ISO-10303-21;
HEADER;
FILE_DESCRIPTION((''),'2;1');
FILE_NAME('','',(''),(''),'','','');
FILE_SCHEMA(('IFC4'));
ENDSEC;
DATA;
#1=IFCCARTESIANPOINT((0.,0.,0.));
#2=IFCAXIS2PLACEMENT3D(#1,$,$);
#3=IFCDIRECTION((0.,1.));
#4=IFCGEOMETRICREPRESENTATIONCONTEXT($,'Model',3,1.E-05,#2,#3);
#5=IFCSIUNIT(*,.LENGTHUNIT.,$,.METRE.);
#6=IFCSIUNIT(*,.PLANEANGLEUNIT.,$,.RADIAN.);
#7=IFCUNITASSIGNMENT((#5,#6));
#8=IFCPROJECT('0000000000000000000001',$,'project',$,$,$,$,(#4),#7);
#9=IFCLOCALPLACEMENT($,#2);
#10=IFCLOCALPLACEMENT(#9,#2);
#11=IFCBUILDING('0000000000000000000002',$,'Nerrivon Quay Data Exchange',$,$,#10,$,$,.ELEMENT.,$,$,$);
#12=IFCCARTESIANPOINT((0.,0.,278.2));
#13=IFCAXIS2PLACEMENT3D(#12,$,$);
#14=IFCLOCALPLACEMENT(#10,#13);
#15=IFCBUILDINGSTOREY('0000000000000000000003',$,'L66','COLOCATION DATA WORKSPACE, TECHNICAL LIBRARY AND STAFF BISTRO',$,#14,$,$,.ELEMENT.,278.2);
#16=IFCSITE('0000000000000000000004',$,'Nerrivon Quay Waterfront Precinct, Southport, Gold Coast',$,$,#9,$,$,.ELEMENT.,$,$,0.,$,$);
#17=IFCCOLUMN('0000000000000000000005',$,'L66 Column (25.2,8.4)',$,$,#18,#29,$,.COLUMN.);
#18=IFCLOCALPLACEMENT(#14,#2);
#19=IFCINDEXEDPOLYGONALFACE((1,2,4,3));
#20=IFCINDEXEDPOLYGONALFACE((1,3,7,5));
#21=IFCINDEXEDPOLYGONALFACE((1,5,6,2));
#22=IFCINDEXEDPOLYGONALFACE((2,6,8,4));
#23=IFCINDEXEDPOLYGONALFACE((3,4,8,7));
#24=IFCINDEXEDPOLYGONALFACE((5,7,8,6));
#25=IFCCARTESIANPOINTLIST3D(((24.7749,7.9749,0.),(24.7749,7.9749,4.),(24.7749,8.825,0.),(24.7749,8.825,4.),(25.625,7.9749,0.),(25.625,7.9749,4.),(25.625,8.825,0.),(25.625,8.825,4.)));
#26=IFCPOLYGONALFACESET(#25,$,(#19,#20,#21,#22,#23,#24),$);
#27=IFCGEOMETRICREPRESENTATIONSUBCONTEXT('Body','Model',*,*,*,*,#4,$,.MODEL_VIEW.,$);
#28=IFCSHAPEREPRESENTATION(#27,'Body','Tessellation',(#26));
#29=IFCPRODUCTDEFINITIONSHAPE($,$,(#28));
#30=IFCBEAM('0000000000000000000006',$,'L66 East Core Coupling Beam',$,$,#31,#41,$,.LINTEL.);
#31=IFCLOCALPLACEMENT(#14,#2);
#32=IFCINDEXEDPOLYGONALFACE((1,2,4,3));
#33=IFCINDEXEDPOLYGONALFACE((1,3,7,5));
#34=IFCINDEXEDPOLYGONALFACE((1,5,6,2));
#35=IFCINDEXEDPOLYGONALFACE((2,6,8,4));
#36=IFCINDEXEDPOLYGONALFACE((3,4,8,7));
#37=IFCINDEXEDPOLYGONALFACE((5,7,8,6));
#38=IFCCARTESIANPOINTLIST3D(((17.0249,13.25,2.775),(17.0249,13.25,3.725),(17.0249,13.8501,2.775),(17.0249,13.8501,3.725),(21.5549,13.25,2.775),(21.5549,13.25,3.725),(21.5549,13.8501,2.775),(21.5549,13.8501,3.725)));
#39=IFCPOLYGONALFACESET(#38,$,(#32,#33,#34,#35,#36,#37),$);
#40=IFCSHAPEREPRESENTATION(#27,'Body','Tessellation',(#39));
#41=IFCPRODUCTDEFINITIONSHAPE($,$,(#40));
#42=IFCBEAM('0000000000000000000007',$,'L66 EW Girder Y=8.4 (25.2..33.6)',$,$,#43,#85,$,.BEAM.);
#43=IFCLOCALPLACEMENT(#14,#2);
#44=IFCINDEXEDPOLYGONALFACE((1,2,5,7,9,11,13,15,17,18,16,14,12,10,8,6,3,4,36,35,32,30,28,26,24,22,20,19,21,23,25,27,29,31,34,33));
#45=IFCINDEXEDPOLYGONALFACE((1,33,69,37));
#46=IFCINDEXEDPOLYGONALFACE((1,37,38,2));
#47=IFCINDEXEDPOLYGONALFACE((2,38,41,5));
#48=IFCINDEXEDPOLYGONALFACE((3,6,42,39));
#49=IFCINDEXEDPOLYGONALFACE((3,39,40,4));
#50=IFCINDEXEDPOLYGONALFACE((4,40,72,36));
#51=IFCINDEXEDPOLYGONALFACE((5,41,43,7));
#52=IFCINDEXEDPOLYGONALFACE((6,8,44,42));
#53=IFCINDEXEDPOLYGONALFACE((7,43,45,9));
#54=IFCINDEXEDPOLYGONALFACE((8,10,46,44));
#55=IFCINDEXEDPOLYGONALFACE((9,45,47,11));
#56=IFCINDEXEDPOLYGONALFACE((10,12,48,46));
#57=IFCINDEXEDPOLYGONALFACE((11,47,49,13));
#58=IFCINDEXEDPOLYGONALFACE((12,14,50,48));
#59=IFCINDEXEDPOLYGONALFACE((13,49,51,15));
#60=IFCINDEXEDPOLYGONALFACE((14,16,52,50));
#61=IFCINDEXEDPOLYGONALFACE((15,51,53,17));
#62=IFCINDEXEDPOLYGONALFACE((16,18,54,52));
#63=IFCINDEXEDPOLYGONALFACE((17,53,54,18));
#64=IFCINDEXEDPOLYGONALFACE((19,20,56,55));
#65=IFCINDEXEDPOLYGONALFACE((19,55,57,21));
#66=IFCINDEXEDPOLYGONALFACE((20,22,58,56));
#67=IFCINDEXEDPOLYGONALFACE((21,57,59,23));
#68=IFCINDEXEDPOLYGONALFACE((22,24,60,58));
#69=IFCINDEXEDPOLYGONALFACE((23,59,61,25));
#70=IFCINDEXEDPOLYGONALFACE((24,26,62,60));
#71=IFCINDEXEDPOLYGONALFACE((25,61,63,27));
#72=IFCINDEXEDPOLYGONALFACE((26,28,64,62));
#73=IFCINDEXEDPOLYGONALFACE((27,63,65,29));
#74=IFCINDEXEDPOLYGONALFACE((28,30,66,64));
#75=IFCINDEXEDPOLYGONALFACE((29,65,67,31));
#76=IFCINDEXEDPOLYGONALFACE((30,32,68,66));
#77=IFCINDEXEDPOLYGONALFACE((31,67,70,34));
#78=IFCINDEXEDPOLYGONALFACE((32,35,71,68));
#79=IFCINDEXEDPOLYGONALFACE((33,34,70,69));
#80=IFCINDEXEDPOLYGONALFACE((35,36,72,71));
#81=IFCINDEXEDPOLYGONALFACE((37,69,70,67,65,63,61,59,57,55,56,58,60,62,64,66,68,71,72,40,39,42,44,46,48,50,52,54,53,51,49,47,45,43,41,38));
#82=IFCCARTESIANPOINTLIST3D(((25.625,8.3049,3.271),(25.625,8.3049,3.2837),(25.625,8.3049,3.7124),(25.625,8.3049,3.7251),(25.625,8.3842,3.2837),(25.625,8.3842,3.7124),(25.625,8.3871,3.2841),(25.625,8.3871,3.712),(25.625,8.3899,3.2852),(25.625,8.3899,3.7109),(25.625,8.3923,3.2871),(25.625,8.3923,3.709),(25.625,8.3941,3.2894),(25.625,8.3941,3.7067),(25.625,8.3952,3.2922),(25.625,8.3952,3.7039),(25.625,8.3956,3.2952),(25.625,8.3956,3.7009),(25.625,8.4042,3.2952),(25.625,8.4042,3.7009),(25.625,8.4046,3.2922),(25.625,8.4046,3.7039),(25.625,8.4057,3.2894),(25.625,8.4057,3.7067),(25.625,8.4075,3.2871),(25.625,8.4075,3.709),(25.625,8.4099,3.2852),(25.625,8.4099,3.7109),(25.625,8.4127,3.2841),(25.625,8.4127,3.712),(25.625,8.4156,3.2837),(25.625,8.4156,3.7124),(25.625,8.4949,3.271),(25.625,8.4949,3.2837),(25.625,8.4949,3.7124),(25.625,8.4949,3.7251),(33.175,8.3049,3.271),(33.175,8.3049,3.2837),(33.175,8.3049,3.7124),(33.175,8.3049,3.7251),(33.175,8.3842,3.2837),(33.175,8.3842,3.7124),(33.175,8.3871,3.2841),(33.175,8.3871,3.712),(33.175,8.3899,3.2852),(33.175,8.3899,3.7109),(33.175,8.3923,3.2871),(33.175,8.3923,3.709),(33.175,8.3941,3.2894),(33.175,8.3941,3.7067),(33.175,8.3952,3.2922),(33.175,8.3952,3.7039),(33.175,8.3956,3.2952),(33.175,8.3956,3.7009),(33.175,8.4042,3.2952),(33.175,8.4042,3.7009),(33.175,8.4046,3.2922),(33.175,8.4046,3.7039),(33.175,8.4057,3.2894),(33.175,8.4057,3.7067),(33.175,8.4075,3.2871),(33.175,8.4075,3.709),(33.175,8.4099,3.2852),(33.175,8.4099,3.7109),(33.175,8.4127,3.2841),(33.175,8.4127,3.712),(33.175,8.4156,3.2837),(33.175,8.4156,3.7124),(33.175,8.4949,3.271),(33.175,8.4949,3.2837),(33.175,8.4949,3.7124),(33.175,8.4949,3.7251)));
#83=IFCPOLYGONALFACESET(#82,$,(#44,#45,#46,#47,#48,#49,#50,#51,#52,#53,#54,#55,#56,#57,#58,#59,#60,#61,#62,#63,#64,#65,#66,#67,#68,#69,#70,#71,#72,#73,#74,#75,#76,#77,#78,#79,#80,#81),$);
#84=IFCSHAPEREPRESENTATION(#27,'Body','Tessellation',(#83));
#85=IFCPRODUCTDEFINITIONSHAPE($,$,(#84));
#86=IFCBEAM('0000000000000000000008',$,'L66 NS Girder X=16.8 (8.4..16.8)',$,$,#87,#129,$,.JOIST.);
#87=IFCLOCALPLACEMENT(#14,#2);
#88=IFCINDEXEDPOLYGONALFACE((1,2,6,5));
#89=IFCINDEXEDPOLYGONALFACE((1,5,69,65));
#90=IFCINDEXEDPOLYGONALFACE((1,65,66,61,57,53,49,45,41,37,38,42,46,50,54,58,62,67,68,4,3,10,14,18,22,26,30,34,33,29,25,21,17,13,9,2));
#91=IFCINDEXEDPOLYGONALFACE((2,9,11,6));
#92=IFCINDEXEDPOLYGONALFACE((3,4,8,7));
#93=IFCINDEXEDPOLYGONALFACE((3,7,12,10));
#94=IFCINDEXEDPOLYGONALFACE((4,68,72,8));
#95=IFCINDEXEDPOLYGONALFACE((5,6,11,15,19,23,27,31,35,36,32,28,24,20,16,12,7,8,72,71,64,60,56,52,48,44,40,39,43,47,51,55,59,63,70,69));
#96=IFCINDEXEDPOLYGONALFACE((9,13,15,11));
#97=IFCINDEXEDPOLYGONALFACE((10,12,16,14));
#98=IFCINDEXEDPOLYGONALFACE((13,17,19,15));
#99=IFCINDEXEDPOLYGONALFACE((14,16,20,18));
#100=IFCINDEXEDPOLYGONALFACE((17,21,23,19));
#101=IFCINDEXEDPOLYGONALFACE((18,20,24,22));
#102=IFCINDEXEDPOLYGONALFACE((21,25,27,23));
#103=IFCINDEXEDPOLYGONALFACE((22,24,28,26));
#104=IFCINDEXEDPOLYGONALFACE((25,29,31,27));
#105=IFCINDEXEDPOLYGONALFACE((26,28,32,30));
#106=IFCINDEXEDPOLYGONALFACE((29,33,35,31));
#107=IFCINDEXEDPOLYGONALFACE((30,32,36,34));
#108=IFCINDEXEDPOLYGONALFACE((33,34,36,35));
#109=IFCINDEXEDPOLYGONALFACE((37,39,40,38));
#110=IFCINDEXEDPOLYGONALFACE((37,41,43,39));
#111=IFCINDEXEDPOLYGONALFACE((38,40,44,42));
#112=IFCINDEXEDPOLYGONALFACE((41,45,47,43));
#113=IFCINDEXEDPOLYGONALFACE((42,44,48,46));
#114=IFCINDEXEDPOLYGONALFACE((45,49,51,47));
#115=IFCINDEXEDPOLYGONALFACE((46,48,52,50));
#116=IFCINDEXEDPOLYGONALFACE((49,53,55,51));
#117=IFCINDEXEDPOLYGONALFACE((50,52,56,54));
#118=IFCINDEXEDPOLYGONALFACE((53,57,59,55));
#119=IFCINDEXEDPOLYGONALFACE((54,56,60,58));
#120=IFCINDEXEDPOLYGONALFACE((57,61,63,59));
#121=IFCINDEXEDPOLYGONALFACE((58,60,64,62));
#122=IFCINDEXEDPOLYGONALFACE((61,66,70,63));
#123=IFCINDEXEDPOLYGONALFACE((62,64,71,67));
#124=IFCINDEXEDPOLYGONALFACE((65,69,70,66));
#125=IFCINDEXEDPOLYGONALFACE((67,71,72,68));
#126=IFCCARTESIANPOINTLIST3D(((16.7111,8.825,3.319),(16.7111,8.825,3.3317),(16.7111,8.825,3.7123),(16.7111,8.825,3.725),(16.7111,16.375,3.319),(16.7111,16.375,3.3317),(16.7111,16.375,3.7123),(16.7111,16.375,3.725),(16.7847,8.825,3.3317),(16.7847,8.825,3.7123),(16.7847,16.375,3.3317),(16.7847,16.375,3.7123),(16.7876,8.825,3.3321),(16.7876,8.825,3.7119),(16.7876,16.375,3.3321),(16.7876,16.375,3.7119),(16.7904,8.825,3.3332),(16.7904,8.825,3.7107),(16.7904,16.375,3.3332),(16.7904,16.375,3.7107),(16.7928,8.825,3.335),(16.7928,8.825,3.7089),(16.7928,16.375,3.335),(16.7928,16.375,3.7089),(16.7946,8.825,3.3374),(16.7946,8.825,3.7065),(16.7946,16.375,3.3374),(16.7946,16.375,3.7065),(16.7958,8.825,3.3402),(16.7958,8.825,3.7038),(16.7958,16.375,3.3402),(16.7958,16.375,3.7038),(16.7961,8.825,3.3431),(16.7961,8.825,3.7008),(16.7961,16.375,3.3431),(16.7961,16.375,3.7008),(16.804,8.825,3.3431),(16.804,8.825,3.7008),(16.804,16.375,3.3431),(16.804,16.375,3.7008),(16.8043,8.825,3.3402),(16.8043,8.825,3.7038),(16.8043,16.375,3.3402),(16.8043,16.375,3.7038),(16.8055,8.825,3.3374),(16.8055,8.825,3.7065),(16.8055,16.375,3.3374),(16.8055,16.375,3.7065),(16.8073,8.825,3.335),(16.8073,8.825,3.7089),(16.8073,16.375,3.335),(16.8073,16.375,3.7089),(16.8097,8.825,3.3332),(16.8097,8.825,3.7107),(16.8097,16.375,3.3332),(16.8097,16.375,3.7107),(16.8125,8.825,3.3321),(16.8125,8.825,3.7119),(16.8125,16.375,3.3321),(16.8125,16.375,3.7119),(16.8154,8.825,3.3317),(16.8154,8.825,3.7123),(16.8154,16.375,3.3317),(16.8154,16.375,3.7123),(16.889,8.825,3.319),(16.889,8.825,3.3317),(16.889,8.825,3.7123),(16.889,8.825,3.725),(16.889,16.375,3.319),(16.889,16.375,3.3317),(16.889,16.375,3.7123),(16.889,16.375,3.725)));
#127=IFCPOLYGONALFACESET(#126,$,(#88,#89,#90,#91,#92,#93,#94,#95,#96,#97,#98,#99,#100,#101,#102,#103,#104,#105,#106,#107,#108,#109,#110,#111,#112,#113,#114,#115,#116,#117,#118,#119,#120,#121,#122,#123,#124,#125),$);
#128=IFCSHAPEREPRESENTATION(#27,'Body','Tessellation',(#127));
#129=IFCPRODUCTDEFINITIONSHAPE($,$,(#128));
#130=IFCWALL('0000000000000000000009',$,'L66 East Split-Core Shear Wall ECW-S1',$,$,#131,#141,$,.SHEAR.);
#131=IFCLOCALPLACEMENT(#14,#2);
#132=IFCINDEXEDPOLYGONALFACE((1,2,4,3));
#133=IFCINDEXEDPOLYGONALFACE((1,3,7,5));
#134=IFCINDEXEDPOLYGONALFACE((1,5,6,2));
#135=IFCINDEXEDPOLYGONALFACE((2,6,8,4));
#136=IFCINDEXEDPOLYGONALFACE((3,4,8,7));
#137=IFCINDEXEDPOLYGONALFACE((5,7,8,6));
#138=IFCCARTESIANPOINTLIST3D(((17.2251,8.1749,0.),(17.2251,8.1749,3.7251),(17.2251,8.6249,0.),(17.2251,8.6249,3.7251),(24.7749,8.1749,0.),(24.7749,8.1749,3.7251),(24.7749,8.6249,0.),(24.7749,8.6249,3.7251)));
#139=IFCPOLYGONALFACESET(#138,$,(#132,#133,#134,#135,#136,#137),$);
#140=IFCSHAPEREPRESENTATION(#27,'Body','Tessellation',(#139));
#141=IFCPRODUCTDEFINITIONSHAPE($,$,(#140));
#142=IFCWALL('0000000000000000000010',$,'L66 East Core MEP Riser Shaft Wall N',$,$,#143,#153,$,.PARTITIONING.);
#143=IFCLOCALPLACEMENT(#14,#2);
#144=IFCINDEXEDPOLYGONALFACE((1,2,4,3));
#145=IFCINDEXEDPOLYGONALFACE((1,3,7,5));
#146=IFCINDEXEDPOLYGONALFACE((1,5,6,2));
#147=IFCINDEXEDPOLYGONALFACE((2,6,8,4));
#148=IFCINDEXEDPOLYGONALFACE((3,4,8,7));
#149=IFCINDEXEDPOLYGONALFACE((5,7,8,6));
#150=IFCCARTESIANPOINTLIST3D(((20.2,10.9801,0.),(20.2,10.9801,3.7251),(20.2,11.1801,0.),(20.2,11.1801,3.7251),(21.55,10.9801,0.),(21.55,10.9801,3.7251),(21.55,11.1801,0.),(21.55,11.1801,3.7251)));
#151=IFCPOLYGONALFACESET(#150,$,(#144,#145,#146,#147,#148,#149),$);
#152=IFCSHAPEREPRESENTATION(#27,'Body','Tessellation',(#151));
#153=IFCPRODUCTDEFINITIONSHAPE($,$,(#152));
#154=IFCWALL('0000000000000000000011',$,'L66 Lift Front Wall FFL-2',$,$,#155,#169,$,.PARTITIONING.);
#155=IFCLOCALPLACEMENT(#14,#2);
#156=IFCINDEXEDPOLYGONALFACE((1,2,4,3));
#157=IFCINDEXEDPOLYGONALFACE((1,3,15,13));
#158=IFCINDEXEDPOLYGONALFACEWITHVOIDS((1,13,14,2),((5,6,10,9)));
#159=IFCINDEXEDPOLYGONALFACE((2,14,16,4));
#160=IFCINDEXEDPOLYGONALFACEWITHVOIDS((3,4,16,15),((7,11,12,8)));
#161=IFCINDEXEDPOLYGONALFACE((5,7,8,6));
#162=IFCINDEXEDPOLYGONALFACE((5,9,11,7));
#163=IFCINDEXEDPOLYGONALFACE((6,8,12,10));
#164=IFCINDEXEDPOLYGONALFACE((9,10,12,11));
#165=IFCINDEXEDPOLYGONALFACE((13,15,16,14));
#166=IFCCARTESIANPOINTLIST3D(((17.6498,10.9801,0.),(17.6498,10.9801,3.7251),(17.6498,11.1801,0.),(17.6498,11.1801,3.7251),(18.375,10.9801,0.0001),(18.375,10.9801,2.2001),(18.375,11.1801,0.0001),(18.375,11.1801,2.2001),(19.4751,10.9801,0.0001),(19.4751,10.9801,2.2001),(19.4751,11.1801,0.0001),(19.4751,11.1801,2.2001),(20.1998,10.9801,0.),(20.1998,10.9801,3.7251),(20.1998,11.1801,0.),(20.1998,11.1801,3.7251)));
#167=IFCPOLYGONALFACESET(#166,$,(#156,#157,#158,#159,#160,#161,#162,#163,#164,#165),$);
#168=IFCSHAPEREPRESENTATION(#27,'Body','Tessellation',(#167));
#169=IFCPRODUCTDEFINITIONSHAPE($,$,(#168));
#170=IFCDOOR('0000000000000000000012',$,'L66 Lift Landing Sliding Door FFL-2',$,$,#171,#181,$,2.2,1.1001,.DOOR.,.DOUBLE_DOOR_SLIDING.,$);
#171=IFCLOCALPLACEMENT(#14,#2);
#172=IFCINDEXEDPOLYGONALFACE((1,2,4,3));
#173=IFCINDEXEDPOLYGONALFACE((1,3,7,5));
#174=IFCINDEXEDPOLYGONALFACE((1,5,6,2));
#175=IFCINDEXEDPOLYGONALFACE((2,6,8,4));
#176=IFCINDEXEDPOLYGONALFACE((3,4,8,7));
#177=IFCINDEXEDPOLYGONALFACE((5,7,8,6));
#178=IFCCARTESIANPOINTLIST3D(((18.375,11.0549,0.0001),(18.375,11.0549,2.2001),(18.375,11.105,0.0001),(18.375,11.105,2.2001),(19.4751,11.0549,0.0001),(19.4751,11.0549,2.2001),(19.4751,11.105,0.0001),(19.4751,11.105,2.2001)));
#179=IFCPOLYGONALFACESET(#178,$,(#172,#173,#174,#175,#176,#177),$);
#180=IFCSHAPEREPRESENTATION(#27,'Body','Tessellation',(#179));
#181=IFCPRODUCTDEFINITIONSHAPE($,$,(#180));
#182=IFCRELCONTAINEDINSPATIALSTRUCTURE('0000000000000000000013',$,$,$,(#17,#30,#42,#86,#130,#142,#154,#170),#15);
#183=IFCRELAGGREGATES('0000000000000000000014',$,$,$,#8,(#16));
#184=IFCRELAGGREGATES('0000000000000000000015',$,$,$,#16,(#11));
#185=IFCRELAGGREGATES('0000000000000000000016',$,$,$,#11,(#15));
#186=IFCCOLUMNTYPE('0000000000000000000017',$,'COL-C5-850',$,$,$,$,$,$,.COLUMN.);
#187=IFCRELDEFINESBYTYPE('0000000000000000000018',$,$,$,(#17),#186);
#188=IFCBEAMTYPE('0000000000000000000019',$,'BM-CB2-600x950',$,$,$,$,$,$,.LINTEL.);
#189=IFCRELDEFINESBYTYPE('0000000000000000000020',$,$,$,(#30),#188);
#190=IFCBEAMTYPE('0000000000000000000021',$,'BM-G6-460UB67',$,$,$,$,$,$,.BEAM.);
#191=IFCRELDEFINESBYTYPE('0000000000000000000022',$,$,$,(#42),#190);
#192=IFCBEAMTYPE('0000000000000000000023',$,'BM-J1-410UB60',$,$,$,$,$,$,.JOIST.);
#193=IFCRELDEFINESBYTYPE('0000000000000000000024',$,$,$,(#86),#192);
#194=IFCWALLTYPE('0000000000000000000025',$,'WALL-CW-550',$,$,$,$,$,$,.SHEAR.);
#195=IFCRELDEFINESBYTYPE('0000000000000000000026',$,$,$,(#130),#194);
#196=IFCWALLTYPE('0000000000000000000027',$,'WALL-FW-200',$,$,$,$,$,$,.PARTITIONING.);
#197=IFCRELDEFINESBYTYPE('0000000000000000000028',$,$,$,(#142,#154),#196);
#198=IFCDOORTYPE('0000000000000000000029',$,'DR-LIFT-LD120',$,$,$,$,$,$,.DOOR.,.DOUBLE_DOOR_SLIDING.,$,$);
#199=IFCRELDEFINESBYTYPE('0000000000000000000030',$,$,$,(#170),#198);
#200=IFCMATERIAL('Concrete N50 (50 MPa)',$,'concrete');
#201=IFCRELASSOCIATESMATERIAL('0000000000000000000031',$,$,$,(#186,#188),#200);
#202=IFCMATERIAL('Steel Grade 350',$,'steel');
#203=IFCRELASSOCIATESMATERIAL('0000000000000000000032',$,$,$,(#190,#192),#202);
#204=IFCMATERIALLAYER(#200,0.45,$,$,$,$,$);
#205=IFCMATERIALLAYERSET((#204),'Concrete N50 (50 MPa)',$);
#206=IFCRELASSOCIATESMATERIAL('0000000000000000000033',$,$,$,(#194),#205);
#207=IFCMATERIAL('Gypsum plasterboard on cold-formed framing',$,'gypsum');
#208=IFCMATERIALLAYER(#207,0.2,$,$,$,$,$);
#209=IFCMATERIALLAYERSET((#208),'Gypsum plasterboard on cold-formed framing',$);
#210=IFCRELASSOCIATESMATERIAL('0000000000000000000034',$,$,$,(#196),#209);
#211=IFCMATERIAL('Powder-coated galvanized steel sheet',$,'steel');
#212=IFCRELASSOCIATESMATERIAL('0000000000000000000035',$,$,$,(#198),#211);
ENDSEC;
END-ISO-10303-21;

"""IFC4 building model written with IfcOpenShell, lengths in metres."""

from ifc_helpers import new_model, si_unit, direction, frame, frame_2d, origin, origin_2d, place, context, subcontext, project, spatial, rectangle, i_section, extrude, material, layer, layer_set, material_profile, profile_set, type_object, element, fill, save


model = new_model("IFC4")

# Units and contexts
model_context = context("Model", 3, precision=1e-05, world=origin(), true_north=direction((0.0, 1.0)))
body_context = subcontext(model_context, "Body", "Model", "MODEL_VIEW")
ifc_project = project(units=[si_unit("LENGTHUNIT", "METRE"), si_unit("PLANEANGLEUNIT", "RADIAN")], contexts=[model_context])

# Site, building, storey
site_placement = place(None, origin())
site = spatial("IfcSite", under=ifc_project, at=site_placement, Name="Nerrivon Quay Waterfront Precinct, Southport, Gold Coast", CompositionType="ELEMENT", RefElevation=0.0)
building_placement = place(site_placement, origin())
building = spatial("IfcBuilding", under=site, at=building_placement, Name="Nerrivon Quay Data Exchange", CompositionType="ELEMENT")
storey_placement = place(building_placement, frame((0.0, 0.0, 278.2)))
storey = spatial("IfcBuildingStorey", under=building, at=storey_placement, Name="L66", Description="COLOCATION DATA WORKSPACE, TECHNICAL LIBRARY AND STAFF BISTRO", CompositionType="ELEMENT", Elevation=278.2)

# Column
ifc_material_1 = material(Name="Concrete N50 (50 MPa)", Category="concrete")
ifc_material_profile_1 = material_profile(ifc_material_1, rectangle(XDim=0.8501, YDim=0.8501, at=origin_2d()), Name="RC-COL-850x850")
ifc_profile_set_1 = profile_set([ifc_material_profile_1], Name="Concrete N50 (50 MPa)")
column_type = type_object("IfcColumnType", Name="COL-C5-850", PredefinedType="COLUMN", material=ifc_profile_set_1)
column_placement = place(storey_placement, frame((25.2, 8.3999, 0.0), z_axis=(0.0, 0.0, 1.0), x_axis=(1.0, 0.0, 0.0)))
element("IfcColumn", 1, at=column_placement, inside=storey, type_object=column_type, Name="L66 Column (25.2,8.4)", PredefinedType="COLUMN", context=body_context, shape_type="SweptSolid", body=[
    extrude(rectangle(XDim=0.8501, YDim=0.8501, at=origin_2d()), origin(), (0.0, 0.0, 1.0), 4.0),
])

# Beams
ifc_material_profile_2 = material_profile(ifc_material_1, rectangle(XDim=0.6001, YDim=0.95, at=origin_2d()), Name="RC-CB-600x950")
ifc_profile_set_2 = profile_set([ifc_material_profile_2], Name="Concrete N50 (50 MPa)")
beam_type_1 = type_object("IfcBeamType", Name="BM-CB2-600x950", PredefinedType="LINTEL", material=ifc_profile_set_2)
beam_1_placement = place(storey_placement, frame((17.0249, 13.55, 3.25), z_axis=(1.0, 0.0, 0.0), x_axis=(0.0, 1.0, 0.0)))
element("IfcBeam", 2, at=beam_1_placement, inside=storey, type_object=beam_type_1, Name="L66 East Core Coupling Beam", PredefinedType="LINTEL", context=body_context, shape_type="SweptSolid", body=[
    extrude(rectangle(XDim=0.6001, YDim=0.95, at=origin_2d()), origin(), (0.0, 0.0, 1.0), 4.53),
])
ifc_material_2 = material(Name="Steel Grade 350", Category="steel")
ifc_material_profile_3 = material_profile(ifc_material_2, i_section(OverallWidth=0.1899, OverallDepth=0.4541, WebThickness=0.0085, FlangeThickness=0.0127, FilletRadius=0.0115, at=origin_2d()), Name="460UB67.1")
ifc_profile_set_3 = profile_set([ifc_material_profile_3], Name="Steel Grade 350")
beam_type_2 = type_object("IfcBeamType", Name="BM-G6-460UB67", PredefinedType="BEAM", material=ifc_profile_set_3)
beam_2_placement = place(storey_placement, frame((25.625, 8.3999, 3.498), z_axis=(1.0, 0.0, 0.0), x_axis=(0.0, 1.0, 0.0)))
element("IfcBeam", 3, at=beam_2_placement, inside=storey, type_object=beam_type_2, Name="L66 EW Girder Y=8.4 (25.2..33.6)", PredefinedType="BEAM", context=body_context, shape_type="SweptSolid", body=[
    extrude(i_section(OverallWidth=0.1899, OverallDepth=0.4541, WebThickness=0.0085, FlangeThickness=0.0127, FilletRadius=0.0115, at=origin_2d()), origin(), (0.0, 0.0, 1.0), 7.55),
])
ifc_material_profile_4 = material_profile(ifc_material_2, i_section(OverallWidth=0.178, OverallDepth=0.406, WebThickness=0.0078, FlangeThickness=0.0127, FilletRadius=0.0115, at=origin_2d()), Name="410UB59.7")
ifc_profile_set_4 = profile_set([ifc_material_profile_4], Name="Steel Grade 350")
beam_type_3 = type_object("IfcBeamType", Name="BM-J1-410UB60", PredefinedType="JOIST", material=ifc_profile_set_4)
beam_3_placement = place(storey_placement, frame((16.8, 8.825, 3.522), z_axis=(0.0, 1.0, 0.0), x_axis=(-1.0, 0.0, 0.0)))
element("IfcBeam", 4, at=beam_3_placement, inside=storey, type_object=beam_type_3, Name="L66 NS Girder X=16.8 (8.4..16.8)", PredefinedType="JOIST", context=body_context, shape_type="SweptSolid", body=[
    extrude(i_section(OverallWidth=0.178, OverallDepth=0.406, WebThickness=0.0078, FlangeThickness=0.0127, FilletRadius=0.0115, at=origin_2d()), origin(), (0.0, 0.0, 1.0), 7.55),
])

# Wall
ifc_layer_1 = layer(ifc_material_1, 0.45)
ifc_layer_set_1 = layer_set([ifc_layer_1], Name="Concrete N50 (50 MPa)")
wall_type_1 = type_object("IfcWallType", Name="WALL-CW-550", PredefinedType="SHEAR", material=ifc_layer_set_1)
wall_1_placement = place(storey_placement, frame((17.2251, 8.3999, 0.0), z_axis=(0.0, 0.0, 1.0), x_axis=(1.0, 0.0, 0.0)))
element("IfcWall", 5, at=wall_1_placement, inside=storey, type_object=wall_type_1, Name="L66 East Split-Core Shear Wall ECW-S1", PredefinedType="SHEAR", context=body_context, shape_type="SweptSolid", body=[
    extrude(rectangle(XDim=7.5498, YDim=0.45, at=frame_2d((3.7749, 0.0))), origin(), (0.0, 0.0, 1.0), 3.7251),
])

# Shared definitions
ifc_material_3 = material(Name="Powder-coated galvanized steel sheet", Category="steel")

# Wall
ifc_material_4 = material(Name="Gypsum plasterboard on cold-formed framing", Category="gypsum")
ifc_layer_2 = layer(ifc_material_4, 0.2)
ifc_layer_set_2 = layer_set([ifc_layer_2], Name="Gypsum plasterboard on cold-formed framing")
wall_type_2 = type_object("IfcWallType", Name="WALL-FW-200", PredefinedType="PARTITIONING", material=ifc_layer_set_2)
wall_2_placement = place(storey_placement, frame((20.2, 11.0801, 0.0), z_axis=(0.0, 0.0, 1.0), x_axis=(1.0, 0.0, 0.0)))
element("IfcWall", 6, at=wall_2_placement, inside=storey, type_object=wall_type_2, Name="L66 East Core MEP Riser Shaft Wall N", PredefinedType="PARTITIONING", context=body_context, shape_type="SweptSolid", body=[
    extrude(rectangle(XDim=1.3501, YDim=0.2, at=frame_2d((0.675, 0.0))), origin(), (0.0, 0.0, 1.0), 3.7251),
])

# Wall, opening, door
wall_3_placement = place(storey_placement, frame((17.6499, 11.0801, 0.0), z_axis=(0.0, 0.0, 1.0), x_axis=(1.0, 0.0, 0.0)))
wall_3 = element("IfcWall", 7, at=wall_3_placement, inside=storey, type_object=wall_type_2, Name="L66 Lift Front Wall FFL-2", PredefinedType="PARTITIONING", context=body_context, shape_type="SweptSolid", body=[
    extrude(rectangle(XDim=2.55, YDim=0.2, at=frame_2d((1.2749, 0.0))), origin(), (0.0, 0.0, 1.0), 3.7251),
])
opening_1_placement = place(wall_3_placement, frame((0.7251, 0.0, 0.0)))
opening_1 = element("IfcOpeningElement", 8, at=opening_1_placement, cuts=wall_3, PredefinedType="OPENING", context=body_context, shape_type="SweptSolid", body=[
    extrude(rectangle(XDim=1.1001, YDim=2.2, at=frame_2d((0.55, 1.1001))), frame((0.0, 0.1099, 0.0), z_axis=(0.0, -1.0, 0.0), x_axis=(1.0, 0.0, 0.0)), (0.0, 0.0, 1.0), 0.22),
])
door_type_1 = type_object("IfcDoorType", Name="DR-LIFT-LD120", OperationType="DOUBLE_DOOR_SLIDING", PredefinedType="DOOR", material=ifc_material_3)
door_1_placement = place(opening_1_placement, origin())
door_1 = element("IfcDoor", 9, at=door_1_placement, inside=storey, type_object=door_type_1, Name="L66 Lift Landing Sliding Door FFL-2", OperationType="DOUBLE_DOOR_SLIDING", OverallHeight=2.2, OverallWidth=1.1001, PredefinedType="DOOR", context=body_context, shape_type="SweptSolid", body=[
    extrude(rectangle(XDim=1.1001, YDim=2.2, at=frame_2d((0.55, 1.1001))), frame((0.0, 0.0249, 0.0), z_axis=(0.0, -1.0, 0.0), x_axis=(1.0, 0.0, 0.0)), (0.0, 0.0, 1.0), 0.05),
])
fill(opening_1, door_1)

save(model, "model.ifc")
